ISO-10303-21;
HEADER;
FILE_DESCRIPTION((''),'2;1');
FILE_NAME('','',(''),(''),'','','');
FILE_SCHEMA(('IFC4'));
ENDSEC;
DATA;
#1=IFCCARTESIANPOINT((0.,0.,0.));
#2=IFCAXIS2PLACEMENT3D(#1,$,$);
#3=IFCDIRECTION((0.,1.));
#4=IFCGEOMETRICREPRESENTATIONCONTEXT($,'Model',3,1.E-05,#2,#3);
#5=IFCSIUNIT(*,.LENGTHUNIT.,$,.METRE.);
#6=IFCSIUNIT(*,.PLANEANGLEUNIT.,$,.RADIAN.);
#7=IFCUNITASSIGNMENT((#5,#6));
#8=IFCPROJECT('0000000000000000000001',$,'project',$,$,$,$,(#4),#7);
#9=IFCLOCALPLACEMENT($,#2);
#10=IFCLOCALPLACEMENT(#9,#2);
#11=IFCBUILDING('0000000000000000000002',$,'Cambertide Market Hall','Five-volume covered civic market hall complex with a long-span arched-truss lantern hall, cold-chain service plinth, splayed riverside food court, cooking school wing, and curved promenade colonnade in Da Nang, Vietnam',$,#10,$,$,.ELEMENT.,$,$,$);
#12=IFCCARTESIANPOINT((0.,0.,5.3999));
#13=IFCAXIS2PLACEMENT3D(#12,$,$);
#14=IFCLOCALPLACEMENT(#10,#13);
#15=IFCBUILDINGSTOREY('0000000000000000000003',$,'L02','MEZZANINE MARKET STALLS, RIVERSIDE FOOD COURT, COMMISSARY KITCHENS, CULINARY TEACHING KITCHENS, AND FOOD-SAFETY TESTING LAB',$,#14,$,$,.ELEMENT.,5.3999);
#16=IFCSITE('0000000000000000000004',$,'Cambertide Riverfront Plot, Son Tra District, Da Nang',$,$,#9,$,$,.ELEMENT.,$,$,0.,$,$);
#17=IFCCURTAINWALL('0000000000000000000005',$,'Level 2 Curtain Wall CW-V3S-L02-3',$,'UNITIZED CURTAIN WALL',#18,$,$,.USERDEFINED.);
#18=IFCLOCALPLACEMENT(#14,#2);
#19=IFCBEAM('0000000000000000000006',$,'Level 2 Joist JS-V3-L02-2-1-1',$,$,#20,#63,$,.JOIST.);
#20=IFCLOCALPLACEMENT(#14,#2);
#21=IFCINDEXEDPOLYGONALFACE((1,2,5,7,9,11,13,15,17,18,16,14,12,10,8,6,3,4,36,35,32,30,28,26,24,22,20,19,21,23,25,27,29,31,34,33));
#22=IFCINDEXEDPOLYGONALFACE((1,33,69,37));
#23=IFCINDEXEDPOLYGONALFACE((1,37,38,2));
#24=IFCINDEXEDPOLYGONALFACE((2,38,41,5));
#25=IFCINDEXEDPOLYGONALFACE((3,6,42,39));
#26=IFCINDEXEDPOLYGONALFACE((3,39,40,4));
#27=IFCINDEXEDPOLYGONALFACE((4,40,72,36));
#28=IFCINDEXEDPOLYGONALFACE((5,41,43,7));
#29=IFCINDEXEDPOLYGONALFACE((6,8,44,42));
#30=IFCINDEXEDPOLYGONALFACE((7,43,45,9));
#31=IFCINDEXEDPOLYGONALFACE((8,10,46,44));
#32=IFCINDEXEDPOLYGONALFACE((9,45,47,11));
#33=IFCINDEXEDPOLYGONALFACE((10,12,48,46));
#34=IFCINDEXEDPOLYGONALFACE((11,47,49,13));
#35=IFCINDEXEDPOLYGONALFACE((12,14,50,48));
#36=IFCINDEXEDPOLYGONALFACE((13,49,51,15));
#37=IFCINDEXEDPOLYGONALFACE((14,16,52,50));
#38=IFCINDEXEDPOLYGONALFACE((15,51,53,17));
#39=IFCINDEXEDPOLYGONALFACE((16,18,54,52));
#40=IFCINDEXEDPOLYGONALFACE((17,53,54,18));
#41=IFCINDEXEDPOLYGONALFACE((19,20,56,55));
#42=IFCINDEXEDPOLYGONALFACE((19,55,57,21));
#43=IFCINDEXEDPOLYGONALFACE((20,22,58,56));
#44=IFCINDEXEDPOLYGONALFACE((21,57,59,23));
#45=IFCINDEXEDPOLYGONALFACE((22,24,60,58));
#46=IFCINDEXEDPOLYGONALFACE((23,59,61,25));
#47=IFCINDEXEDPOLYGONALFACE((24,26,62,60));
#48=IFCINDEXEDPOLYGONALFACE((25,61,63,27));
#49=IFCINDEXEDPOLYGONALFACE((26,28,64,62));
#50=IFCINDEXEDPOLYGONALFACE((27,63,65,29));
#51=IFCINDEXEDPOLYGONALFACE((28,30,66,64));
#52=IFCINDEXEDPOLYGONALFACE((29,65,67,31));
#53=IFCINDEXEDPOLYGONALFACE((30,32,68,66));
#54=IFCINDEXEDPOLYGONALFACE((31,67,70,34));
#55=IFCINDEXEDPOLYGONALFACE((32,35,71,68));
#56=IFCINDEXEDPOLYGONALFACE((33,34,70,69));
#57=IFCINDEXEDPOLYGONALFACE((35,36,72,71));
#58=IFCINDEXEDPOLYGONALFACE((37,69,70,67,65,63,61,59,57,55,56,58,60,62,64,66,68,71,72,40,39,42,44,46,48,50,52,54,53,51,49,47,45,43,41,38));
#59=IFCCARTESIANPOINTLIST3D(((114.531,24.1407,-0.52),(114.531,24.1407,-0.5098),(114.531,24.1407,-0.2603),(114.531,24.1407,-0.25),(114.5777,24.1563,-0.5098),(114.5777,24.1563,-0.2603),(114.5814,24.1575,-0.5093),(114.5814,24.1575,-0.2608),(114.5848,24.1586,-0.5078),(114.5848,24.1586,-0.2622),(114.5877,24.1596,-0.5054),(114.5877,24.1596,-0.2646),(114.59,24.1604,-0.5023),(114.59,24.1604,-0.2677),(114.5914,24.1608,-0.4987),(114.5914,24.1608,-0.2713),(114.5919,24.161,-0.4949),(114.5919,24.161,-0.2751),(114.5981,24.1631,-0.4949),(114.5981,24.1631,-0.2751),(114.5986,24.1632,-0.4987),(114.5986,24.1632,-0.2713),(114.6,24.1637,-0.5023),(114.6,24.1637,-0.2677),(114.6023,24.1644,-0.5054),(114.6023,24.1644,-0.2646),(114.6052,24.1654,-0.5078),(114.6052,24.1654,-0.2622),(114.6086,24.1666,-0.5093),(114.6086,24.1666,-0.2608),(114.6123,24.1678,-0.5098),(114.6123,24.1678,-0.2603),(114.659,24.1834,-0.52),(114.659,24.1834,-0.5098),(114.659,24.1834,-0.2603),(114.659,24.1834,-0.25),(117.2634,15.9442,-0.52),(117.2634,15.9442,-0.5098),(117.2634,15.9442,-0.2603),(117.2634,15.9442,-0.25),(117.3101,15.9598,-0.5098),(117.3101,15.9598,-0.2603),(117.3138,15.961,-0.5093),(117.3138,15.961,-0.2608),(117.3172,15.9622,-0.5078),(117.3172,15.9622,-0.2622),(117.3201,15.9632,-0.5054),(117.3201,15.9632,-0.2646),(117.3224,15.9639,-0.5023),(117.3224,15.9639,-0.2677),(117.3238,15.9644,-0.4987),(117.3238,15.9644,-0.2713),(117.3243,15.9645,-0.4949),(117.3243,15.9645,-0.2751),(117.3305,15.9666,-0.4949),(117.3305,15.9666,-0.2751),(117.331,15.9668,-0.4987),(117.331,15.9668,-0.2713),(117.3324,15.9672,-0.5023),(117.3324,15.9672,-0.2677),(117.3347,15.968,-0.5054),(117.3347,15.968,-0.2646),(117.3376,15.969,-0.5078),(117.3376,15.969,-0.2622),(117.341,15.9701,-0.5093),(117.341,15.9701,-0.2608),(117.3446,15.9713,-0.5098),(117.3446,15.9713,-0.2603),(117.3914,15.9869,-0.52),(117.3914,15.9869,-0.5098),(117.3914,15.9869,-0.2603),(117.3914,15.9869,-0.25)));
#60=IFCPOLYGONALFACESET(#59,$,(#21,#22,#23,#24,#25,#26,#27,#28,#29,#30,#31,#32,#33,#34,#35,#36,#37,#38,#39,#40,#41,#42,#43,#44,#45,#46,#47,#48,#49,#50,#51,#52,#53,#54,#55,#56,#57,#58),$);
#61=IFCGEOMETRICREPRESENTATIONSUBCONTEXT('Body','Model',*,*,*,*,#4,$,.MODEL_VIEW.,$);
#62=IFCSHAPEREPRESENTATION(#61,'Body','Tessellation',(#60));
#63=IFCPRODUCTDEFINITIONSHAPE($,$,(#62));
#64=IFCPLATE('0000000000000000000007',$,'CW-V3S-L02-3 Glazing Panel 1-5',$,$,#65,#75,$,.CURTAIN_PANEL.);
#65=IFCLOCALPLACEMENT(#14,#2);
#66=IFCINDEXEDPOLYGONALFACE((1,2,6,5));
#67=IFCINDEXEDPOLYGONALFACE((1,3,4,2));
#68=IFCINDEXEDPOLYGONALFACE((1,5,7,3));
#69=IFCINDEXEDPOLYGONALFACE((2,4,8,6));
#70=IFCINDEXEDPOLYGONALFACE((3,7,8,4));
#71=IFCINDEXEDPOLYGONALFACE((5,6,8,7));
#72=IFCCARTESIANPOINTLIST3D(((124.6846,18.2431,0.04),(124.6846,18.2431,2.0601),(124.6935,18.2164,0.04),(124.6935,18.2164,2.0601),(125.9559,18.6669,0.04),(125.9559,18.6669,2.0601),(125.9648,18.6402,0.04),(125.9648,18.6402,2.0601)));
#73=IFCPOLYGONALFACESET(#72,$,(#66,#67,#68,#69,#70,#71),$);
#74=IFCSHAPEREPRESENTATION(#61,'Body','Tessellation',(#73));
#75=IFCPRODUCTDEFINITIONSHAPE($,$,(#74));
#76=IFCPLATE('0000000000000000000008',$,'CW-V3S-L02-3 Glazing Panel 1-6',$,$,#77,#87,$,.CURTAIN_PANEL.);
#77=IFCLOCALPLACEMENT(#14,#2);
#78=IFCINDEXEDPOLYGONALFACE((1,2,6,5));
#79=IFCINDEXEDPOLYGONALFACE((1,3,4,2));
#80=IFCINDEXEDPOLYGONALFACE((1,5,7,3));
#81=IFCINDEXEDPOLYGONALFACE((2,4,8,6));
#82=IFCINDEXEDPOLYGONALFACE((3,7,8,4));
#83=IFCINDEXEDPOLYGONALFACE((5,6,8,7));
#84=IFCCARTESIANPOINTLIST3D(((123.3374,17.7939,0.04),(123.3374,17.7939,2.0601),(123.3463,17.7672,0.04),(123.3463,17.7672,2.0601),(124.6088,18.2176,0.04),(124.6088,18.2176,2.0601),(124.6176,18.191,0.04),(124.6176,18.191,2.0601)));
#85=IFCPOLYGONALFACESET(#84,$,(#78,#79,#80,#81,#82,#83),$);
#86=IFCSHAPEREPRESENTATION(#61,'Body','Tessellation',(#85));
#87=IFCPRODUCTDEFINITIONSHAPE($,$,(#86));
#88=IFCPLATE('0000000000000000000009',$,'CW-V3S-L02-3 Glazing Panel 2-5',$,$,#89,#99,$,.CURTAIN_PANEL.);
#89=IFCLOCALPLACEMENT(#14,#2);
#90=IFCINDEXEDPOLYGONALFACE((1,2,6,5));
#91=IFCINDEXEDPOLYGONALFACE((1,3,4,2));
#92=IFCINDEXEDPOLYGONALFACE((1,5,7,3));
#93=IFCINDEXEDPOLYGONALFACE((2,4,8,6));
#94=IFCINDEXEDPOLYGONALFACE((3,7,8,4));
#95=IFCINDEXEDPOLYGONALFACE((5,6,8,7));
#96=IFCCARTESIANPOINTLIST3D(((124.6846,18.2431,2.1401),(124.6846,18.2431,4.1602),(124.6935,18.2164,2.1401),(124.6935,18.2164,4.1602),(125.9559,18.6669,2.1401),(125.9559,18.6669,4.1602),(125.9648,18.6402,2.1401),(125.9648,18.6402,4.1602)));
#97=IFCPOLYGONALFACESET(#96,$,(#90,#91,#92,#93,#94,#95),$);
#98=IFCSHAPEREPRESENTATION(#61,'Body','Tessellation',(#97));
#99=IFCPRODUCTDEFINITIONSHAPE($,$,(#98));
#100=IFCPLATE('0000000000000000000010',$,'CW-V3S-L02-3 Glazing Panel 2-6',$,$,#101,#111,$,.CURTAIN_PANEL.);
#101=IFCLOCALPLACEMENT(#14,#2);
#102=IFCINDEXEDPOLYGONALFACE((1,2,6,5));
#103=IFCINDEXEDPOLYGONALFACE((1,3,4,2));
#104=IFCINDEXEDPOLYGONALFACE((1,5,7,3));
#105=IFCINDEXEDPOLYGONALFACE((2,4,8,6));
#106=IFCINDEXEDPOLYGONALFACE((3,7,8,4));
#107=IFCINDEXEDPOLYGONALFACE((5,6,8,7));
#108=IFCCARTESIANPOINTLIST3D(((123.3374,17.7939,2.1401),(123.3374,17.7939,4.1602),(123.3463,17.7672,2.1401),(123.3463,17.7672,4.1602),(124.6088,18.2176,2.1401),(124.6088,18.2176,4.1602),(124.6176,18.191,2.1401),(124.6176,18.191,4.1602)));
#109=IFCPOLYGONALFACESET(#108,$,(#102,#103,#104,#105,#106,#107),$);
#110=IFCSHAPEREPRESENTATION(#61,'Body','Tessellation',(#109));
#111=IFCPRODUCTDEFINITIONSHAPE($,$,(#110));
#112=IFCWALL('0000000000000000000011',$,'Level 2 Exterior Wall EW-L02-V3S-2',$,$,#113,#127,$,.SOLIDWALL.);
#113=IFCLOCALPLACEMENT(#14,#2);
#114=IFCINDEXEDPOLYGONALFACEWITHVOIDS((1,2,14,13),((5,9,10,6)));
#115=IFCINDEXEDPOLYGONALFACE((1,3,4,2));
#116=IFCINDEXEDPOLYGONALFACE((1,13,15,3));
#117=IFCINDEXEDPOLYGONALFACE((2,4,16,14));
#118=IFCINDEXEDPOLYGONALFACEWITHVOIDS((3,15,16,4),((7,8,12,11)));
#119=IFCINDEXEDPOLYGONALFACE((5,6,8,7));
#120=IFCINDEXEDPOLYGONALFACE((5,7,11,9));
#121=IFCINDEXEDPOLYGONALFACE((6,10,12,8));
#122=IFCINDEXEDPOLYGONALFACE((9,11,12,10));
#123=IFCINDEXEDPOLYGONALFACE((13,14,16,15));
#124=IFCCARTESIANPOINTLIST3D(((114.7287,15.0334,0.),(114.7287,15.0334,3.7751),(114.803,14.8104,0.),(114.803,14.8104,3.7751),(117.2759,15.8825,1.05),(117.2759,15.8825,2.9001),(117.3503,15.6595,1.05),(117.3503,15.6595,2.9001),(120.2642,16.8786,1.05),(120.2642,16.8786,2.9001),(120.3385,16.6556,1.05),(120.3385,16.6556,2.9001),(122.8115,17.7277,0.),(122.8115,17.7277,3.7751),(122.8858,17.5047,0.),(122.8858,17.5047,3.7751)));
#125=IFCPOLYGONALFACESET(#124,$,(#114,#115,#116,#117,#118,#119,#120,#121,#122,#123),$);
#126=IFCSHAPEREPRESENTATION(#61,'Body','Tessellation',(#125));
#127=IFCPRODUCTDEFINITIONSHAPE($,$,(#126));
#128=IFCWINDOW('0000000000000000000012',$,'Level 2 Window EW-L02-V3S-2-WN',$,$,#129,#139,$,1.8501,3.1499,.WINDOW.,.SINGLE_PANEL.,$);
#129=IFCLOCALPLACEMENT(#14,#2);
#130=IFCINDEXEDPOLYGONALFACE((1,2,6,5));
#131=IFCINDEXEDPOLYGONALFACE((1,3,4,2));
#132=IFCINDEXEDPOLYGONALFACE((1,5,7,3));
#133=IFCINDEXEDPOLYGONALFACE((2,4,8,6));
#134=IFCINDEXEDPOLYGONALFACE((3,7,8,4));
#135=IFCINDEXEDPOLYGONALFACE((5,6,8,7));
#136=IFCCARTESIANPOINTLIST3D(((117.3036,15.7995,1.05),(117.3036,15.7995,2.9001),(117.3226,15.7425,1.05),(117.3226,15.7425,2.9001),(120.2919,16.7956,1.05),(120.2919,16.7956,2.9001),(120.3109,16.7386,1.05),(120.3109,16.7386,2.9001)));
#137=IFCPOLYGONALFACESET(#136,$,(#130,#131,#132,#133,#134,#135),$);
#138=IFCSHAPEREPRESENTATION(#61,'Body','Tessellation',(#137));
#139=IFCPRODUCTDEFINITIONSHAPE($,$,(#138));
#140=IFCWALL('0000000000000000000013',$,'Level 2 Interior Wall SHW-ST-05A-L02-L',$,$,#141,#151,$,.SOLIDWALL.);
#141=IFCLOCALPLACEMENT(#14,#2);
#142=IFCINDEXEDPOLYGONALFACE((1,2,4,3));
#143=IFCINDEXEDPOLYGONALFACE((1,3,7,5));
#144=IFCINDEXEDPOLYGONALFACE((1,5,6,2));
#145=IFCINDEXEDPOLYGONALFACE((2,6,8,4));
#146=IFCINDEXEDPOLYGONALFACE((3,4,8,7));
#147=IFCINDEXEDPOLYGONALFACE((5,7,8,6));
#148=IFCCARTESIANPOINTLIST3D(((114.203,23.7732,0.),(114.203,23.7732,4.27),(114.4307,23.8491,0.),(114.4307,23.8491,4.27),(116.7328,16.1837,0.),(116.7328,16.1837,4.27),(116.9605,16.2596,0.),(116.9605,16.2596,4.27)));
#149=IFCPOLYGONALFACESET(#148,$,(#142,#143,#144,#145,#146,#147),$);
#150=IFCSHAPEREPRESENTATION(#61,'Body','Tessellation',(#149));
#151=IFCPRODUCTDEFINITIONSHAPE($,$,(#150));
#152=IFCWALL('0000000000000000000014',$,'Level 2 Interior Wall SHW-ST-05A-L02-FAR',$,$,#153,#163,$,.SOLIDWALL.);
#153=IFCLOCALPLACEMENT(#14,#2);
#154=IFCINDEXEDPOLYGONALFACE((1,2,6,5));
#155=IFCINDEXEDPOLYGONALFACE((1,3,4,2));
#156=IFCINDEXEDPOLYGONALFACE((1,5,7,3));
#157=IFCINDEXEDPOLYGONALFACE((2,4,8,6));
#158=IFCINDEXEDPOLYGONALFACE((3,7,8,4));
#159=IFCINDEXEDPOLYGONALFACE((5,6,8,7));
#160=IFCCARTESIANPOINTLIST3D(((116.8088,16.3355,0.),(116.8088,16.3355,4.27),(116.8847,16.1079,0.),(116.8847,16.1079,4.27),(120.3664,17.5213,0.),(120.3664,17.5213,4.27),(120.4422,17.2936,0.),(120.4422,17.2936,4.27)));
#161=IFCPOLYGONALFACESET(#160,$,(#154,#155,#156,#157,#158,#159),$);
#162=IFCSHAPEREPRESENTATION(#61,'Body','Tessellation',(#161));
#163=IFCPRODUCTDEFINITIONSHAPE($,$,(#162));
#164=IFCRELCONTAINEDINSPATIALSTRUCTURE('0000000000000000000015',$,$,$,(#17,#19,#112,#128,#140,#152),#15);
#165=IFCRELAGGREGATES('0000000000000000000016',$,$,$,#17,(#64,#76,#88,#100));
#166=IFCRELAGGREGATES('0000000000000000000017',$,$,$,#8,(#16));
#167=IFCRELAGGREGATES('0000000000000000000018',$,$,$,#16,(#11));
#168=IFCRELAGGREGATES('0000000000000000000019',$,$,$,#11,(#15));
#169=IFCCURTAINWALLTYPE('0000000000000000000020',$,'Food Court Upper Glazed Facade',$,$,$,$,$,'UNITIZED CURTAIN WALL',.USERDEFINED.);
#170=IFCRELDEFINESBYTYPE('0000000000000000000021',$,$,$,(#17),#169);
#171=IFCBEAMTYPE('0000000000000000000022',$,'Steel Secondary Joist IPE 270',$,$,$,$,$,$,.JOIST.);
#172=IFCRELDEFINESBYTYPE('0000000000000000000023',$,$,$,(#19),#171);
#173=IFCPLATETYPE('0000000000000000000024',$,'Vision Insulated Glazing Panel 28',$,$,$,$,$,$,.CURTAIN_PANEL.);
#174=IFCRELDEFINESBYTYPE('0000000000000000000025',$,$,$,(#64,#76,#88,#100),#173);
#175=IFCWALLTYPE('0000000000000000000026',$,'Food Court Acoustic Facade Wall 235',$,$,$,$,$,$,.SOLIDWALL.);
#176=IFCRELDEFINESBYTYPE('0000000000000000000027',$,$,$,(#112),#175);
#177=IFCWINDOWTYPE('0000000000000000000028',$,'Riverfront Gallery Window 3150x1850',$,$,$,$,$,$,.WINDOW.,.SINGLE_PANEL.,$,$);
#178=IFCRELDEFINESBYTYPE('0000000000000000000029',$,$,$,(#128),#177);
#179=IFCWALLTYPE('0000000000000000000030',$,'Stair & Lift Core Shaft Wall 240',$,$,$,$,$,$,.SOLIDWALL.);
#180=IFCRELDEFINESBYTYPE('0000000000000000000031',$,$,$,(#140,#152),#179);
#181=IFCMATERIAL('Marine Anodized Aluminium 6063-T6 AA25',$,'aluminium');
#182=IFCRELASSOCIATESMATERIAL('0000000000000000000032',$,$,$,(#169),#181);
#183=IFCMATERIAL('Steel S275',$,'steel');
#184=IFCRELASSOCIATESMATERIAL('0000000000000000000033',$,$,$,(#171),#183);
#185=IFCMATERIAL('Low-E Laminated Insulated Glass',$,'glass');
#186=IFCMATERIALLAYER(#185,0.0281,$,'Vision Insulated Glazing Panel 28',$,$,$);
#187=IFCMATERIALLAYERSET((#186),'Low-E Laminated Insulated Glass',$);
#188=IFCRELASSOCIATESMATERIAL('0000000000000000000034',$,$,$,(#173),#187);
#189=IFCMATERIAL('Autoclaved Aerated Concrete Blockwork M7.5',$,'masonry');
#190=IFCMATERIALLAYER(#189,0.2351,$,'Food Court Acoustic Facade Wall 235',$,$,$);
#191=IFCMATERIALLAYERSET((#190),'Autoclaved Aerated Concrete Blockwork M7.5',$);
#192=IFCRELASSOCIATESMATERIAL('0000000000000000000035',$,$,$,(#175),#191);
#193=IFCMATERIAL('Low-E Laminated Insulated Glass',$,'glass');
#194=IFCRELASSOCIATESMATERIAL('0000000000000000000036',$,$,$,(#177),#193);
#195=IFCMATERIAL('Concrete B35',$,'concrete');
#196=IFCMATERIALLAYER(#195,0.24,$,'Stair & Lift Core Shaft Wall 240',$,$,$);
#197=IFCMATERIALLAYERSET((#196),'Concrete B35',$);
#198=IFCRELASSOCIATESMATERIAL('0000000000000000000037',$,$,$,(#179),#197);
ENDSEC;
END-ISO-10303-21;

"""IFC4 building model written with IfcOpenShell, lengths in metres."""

from ifc_helpers import new_model, si_unit, direction, frame, frame_2d, origin, origin_2d, place, context, subcontext, project, spatial, rectangle, i_section, extrude, material, layer, layer_set, material_profile, profile_set, type_object, element, fill, aggregate, save


model = new_model("IFC4")

# Units and contexts
model_context = context("Model", 3, precision=1e-05, world=origin(), true_north=direction((0.0, 1.0)))
body_context = subcontext(model_context, "Body", "Model", "MODEL_VIEW")
ifc_project = project(units=[si_unit("LENGTHUNIT", "METRE"), si_unit("PLANEANGLEUNIT", "RADIAN")], contexts=[model_context])

# Site, building, storey
site_placement = place(None, origin())
site = spatial("IfcSite", under=ifc_project, at=site_placement, Name="Cambertide Riverfront Plot, Son Tra District, Da Nang", CompositionType="ELEMENT", RefElevation=0.0)
building_placement = place(site_placement, origin())
building = spatial("IfcBuilding", under=site, at=building_placement, Name="Cambertide Market Hall", Description="Five-volume covered civic market hall complex with a long-span arched-truss lantern hall, cold-chain service plinth, splayed riverside food court, cooking school wing, and curved promenade colonnade in Da Nang, Vietnam", CompositionType="ELEMENT")
storey_placement = place(building_placement, frame((0.0, 0.0, 5.3999)))
storey = spatial("IfcBuildingStorey", under=building, at=storey_placement, Name="L02", Description="MEZZANINE MARKET STALLS, RIVERSIDE FOOD COURT, COMMISSARY KITCHENS, CULINARY TEACHING KITCHENS, AND FOOD-SAFETY TESTING LAB", CompositionType="ELEMENT", Elevation=5.3999)

# Curtain wall
ifc_material_1 = material(Name="Marine Anodized Aluminium 6063-T6 AA25", Category="aluminium")
curtain_wall_type = type_object("IfcCurtainWallType", Name="Food Court Upper Glazed Facade", ElementType="UNITIZED CURTAIN WALL", PredefinedType="USERDEFINED", material=ifc_material_1)
curtain_wall_placement = place(storey_placement, origin())
curtain_wall = element("IfcCurtainWall", 1, at=curtain_wall_placement, inside=storey, type_object=curtain_wall_type, Name="Level 2 Curtain Wall CW-V3S-L02-3", ObjectType="UNITIZED CURTAIN WALL", PredefinedType="USERDEFINED")

# Beam
ifc_material_2 = material(Name="Steel S275", Category="steel")
ifc_material_profile_1 = material_profile(ifc_material_2, i_section(OverallWidth=0.135, OverallDepth=0.27, WebThickness=0.0066, FlangeThickness=0.0103, FilletRadius=0.0149, at=origin_2d()), Name="IPE 270")
ifc_profile_set_1 = profile_set([ifc_material_profile_1], Name="Steel S275")
beam_type_1 = type_object("IfcBeamType", Name="Steel Secondary Joist IPE 270", PredefinedType="JOIST", material=ifc_profile_set_1)
beam_1_placement = place(storey_placement, frame((117.3274, 15.9656, -0.385), z_axis=(-0.316253, 0.948675, 0.0), x_axis=(-0.948675, -0.316253, 0.0)))
element("IfcBeam", 2, at=beam_1_placement, inside=storey, type_object=beam_type_1, Name="Level 2 Joist JS-V3-L02-2-1-1", PredefinedType="JOIST", context=body_context, shape_type="SweptSolid", body=[
    extrude(i_section(OverallWidth=0.135, OverallDepth=0.27, WebThickness=0.0066, FlangeThickness=0.0103, FilletRadius=0.0149, at=origin_2d()), origin(), (0.0, 0.0, 1.0), 8.6399),
])

# Plates
ifc_material_3 = material(Name="Low-E Laminated Insulated Glass", Category="glass")
ifc_layer_1 = layer(ifc_material_3, 0.0281, Name="Vision Insulated Glazing Panel 28")
ifc_layer_set_1 = layer_set([ifc_layer_1], Name="Low-E Laminated Insulated Glass")
plate_type = type_object("IfcPlateType", Name="Vision Insulated Glazing Panel 28", PredefinedType="CURTAIN_PANEL", material=ifc_layer_set_1)
plate_1_placement = place(storey_placement, frame((125.3247, 18.4417, 0.04), z_axis=(0.0, 0.0, 1.0), x_axis=(-0.948683, -0.316228, 0.0)))
plate_1 = element("IfcPlate", 3, at=plate_1_placement, type_object=plate_type, Name="CW-V3S-L02-3 Glazing Panel 1-5", PredefinedType="CURTAIN_PANEL", context=body_context, shape_type="SweptSolid", body=[
    extrude(rectangle(XDim=1.3401, YDim=0.0281, at=origin_2d()), origin(), (0.0, 0.0, 1.0), 2.02),
])
plate_2_placement = place(storey_placement, frame((123.9775, 17.9924, 0.04), z_axis=(0.0, 0.0, 1.0), x_axis=(-0.948683, -0.316228, 0.0)))
plate_2 = element("IfcPlate", 4, at=plate_2_placement, type_object=plate_type, Name="CW-V3S-L02-3 Glazing Panel 1-6", PredefinedType="CURTAIN_PANEL", context=body_context, shape_type="SweptSolid", body=[
    extrude(rectangle(XDim=1.3401, YDim=0.0281, at=origin_2d()), origin(), (0.0, 0.0, 1.0), 2.02),
])
plate_3_placement = place(storey_placement, frame((125.3247, 18.4417, 2.1401), z_axis=(0.0, 0.0, 1.0), x_axis=(-0.948683, -0.316228, 0.0)))
plate_3 = element("IfcPlate", 5, at=plate_3_placement, type_object=plate_type, Name="CW-V3S-L02-3 Glazing Panel 2-5", PredefinedType="CURTAIN_PANEL", context=body_context, shape_type="SweptSolid", body=[
    extrude(rectangle(XDim=1.3401, YDim=0.0281, at=origin_2d()), origin(), (0.0, 0.0, 1.0), 2.02),
])
plate_4_placement = place(storey_placement, frame((123.9775, 17.9924, 2.1401), z_axis=(0.0, 0.0, 1.0), x_axis=(-0.948683, -0.316228, 0.0)))
plate_4 = element("IfcPlate", 6, at=plate_4_placement, type_object=plate_type, Name="CW-V3S-L02-3 Glazing Panel 2-6", PredefinedType="CURTAIN_PANEL", context=body_context, shape_type="SweptSolid", body=[
    extrude(rectangle(XDim=1.3401, YDim=0.0281, at=origin_2d()), origin(), (0.0, 0.0, 1.0), 2.02),
])
aggregate(curtain_wall, [plate_1, plate_2, plate_3, plate_4])

# Wall, opening, window
ifc_material_4 = material(Name="Autoclaved Aerated Concrete Blockwork M7.5", Category="masonry")
ifc_layer_2 = layer(ifc_material_4, 0.2351, Name="Food Court Acoustic Facade Wall 235")
ifc_layer_set_2 = layer_set([ifc_layer_2], Name="Autoclaved Aerated Concrete Blockwork M7.5")
wall_type_1 = type_object("IfcWallType", Name="Food Court Acoustic Facade Wall 235", PredefinedType="SOLIDWALL", material=ifc_layer_set_2)
wall_1_placement = place(storey_placement, frame((122.8486, 17.6162, 0.0), z_axis=(0.0, 0.0, 1.0), x_axis=(-0.94868, -0.316236, 0.0)))
wall_1 = element("IfcWall", 7, at=wall_1_placement, inside=storey, type_object=wall_type_1, Name="Level 2 Exterior Wall EW-L02-V3S-2", PredefinedType="SOLIDWALL", context=body_context, shape_type="SweptSolid", body=[
    extrude(rectangle(XDim=8.52, YDim=0.2351, at=frame_2d((4.26, 0.0))), origin(), (0.0, 0.0, 1.0), 3.7751),
])
opening_placement = place(wall_1_placement, frame((2.6851, 0.0, 1.05)))
opening = element("IfcOpeningElement", 8, at=opening_placement, cuts=wall_1, PredefinedType="OPENING", context=body_context, shape_type="SweptSolid", body=[
    extrude(rectangle(XDim=3.1499, YDim=1.8501, at=frame_2d((1.575, 0.925))), frame((0.0, 0.1274, 0.0), z_axis=(0.0, -1.0, 0.0), x_axis=(1.0, 0.0, 0.0)), (0.0, 0.0, 1.0), 0.2551),
])
ifc_material_5 = material(Name="Low-E Laminated Insulated Glass", Category="glass")
window_type = type_object("IfcWindowType", Name="Riverfront Gallery Window 3150x1850", PartitioningType="SINGLE_PANEL", PredefinedType="WINDOW", material=ifc_material_5)
window_placement = place(opening_placement, origin())
window = element("IfcWindow", 9, at=window_placement, inside=storey, type_object=window_type, Name="Level 2 Window EW-L02-V3S-2-WN", OverallHeight=1.8501, OverallWidth=3.1499, PartitioningType="SINGLE_PANEL", PredefinedType="WINDOW", context=body_context, shape_type="SweptSolid", body=[
    extrude(rectangle(XDim=3.1499, YDim=1.8501, at=frame_2d((1.575, 0.925))), frame((0.0, 0.03, 0.0), z_axis=(0.0, -1.0, 0.0), x_axis=(1.0, 0.0, 0.0)), (0.0, 0.0, 1.0), 0.0601),
])
fill(opening, window)

# Walls
ifc_material_6 = material(Name="Concrete B35", Category="concrete")
ifc_layer_3 = layer(ifc_material_6, 0.24, Name="Stair & Lift Core Shaft Wall 240")
ifc_layer_set_3 = layer_set([ifc_layer_3], Name="Concrete B35")
wall_type_2 = type_object("IfcWallType", Name="Stair & Lift Core Shaft Wall 240", PredefinedType="SOLIDWALL", material=ifc_layer_set_3)
wall_2_placement = place(storey_placement, frame((116.8467, 16.2217, 0.0), z_axis=(0.0, 0.0, 1.0), x_axis=(-0.316228, 0.948683, 0.0)))
element("IfcWall", 10, at=wall_2_placement, inside=storey, type_object=wall_type_2, Name="Level 2 Interior Wall SHW-ST-05A-L02-L", PredefinedType="SOLIDWALL", context=body_context, shape_type="SweptSolid", body=[
    extrude(rectangle(XDim=8.0, YDim=0.24, at=frame_2d((4.0, 0.0))), origin(), (0.0, 0.0, 1.0), 4.27),
])
wall_3_placement = place(storey_placement, frame((120.4043, 17.4075, 0.0), z_axis=(0.0, 0.0, 1.0), x_axis=(-0.94869, -0.316208, 0.0)))
element("IfcWall", 11, at=wall_3_placement, inside=storey, type_object=wall_type_2, Name="Level 2 Interior Wall SHW-ST-05A-L02-FAR", PredefinedType="SOLIDWALL", context=body_context, shape_type="SweptSolid", body=[
    extrude(rectangle(XDim=3.75, YDim=0.24, at=frame_2d((1.875, 0.0))), origin(), (0.0, 0.0, 1.0), 4.27),
])

save(model, "model.ifc")
